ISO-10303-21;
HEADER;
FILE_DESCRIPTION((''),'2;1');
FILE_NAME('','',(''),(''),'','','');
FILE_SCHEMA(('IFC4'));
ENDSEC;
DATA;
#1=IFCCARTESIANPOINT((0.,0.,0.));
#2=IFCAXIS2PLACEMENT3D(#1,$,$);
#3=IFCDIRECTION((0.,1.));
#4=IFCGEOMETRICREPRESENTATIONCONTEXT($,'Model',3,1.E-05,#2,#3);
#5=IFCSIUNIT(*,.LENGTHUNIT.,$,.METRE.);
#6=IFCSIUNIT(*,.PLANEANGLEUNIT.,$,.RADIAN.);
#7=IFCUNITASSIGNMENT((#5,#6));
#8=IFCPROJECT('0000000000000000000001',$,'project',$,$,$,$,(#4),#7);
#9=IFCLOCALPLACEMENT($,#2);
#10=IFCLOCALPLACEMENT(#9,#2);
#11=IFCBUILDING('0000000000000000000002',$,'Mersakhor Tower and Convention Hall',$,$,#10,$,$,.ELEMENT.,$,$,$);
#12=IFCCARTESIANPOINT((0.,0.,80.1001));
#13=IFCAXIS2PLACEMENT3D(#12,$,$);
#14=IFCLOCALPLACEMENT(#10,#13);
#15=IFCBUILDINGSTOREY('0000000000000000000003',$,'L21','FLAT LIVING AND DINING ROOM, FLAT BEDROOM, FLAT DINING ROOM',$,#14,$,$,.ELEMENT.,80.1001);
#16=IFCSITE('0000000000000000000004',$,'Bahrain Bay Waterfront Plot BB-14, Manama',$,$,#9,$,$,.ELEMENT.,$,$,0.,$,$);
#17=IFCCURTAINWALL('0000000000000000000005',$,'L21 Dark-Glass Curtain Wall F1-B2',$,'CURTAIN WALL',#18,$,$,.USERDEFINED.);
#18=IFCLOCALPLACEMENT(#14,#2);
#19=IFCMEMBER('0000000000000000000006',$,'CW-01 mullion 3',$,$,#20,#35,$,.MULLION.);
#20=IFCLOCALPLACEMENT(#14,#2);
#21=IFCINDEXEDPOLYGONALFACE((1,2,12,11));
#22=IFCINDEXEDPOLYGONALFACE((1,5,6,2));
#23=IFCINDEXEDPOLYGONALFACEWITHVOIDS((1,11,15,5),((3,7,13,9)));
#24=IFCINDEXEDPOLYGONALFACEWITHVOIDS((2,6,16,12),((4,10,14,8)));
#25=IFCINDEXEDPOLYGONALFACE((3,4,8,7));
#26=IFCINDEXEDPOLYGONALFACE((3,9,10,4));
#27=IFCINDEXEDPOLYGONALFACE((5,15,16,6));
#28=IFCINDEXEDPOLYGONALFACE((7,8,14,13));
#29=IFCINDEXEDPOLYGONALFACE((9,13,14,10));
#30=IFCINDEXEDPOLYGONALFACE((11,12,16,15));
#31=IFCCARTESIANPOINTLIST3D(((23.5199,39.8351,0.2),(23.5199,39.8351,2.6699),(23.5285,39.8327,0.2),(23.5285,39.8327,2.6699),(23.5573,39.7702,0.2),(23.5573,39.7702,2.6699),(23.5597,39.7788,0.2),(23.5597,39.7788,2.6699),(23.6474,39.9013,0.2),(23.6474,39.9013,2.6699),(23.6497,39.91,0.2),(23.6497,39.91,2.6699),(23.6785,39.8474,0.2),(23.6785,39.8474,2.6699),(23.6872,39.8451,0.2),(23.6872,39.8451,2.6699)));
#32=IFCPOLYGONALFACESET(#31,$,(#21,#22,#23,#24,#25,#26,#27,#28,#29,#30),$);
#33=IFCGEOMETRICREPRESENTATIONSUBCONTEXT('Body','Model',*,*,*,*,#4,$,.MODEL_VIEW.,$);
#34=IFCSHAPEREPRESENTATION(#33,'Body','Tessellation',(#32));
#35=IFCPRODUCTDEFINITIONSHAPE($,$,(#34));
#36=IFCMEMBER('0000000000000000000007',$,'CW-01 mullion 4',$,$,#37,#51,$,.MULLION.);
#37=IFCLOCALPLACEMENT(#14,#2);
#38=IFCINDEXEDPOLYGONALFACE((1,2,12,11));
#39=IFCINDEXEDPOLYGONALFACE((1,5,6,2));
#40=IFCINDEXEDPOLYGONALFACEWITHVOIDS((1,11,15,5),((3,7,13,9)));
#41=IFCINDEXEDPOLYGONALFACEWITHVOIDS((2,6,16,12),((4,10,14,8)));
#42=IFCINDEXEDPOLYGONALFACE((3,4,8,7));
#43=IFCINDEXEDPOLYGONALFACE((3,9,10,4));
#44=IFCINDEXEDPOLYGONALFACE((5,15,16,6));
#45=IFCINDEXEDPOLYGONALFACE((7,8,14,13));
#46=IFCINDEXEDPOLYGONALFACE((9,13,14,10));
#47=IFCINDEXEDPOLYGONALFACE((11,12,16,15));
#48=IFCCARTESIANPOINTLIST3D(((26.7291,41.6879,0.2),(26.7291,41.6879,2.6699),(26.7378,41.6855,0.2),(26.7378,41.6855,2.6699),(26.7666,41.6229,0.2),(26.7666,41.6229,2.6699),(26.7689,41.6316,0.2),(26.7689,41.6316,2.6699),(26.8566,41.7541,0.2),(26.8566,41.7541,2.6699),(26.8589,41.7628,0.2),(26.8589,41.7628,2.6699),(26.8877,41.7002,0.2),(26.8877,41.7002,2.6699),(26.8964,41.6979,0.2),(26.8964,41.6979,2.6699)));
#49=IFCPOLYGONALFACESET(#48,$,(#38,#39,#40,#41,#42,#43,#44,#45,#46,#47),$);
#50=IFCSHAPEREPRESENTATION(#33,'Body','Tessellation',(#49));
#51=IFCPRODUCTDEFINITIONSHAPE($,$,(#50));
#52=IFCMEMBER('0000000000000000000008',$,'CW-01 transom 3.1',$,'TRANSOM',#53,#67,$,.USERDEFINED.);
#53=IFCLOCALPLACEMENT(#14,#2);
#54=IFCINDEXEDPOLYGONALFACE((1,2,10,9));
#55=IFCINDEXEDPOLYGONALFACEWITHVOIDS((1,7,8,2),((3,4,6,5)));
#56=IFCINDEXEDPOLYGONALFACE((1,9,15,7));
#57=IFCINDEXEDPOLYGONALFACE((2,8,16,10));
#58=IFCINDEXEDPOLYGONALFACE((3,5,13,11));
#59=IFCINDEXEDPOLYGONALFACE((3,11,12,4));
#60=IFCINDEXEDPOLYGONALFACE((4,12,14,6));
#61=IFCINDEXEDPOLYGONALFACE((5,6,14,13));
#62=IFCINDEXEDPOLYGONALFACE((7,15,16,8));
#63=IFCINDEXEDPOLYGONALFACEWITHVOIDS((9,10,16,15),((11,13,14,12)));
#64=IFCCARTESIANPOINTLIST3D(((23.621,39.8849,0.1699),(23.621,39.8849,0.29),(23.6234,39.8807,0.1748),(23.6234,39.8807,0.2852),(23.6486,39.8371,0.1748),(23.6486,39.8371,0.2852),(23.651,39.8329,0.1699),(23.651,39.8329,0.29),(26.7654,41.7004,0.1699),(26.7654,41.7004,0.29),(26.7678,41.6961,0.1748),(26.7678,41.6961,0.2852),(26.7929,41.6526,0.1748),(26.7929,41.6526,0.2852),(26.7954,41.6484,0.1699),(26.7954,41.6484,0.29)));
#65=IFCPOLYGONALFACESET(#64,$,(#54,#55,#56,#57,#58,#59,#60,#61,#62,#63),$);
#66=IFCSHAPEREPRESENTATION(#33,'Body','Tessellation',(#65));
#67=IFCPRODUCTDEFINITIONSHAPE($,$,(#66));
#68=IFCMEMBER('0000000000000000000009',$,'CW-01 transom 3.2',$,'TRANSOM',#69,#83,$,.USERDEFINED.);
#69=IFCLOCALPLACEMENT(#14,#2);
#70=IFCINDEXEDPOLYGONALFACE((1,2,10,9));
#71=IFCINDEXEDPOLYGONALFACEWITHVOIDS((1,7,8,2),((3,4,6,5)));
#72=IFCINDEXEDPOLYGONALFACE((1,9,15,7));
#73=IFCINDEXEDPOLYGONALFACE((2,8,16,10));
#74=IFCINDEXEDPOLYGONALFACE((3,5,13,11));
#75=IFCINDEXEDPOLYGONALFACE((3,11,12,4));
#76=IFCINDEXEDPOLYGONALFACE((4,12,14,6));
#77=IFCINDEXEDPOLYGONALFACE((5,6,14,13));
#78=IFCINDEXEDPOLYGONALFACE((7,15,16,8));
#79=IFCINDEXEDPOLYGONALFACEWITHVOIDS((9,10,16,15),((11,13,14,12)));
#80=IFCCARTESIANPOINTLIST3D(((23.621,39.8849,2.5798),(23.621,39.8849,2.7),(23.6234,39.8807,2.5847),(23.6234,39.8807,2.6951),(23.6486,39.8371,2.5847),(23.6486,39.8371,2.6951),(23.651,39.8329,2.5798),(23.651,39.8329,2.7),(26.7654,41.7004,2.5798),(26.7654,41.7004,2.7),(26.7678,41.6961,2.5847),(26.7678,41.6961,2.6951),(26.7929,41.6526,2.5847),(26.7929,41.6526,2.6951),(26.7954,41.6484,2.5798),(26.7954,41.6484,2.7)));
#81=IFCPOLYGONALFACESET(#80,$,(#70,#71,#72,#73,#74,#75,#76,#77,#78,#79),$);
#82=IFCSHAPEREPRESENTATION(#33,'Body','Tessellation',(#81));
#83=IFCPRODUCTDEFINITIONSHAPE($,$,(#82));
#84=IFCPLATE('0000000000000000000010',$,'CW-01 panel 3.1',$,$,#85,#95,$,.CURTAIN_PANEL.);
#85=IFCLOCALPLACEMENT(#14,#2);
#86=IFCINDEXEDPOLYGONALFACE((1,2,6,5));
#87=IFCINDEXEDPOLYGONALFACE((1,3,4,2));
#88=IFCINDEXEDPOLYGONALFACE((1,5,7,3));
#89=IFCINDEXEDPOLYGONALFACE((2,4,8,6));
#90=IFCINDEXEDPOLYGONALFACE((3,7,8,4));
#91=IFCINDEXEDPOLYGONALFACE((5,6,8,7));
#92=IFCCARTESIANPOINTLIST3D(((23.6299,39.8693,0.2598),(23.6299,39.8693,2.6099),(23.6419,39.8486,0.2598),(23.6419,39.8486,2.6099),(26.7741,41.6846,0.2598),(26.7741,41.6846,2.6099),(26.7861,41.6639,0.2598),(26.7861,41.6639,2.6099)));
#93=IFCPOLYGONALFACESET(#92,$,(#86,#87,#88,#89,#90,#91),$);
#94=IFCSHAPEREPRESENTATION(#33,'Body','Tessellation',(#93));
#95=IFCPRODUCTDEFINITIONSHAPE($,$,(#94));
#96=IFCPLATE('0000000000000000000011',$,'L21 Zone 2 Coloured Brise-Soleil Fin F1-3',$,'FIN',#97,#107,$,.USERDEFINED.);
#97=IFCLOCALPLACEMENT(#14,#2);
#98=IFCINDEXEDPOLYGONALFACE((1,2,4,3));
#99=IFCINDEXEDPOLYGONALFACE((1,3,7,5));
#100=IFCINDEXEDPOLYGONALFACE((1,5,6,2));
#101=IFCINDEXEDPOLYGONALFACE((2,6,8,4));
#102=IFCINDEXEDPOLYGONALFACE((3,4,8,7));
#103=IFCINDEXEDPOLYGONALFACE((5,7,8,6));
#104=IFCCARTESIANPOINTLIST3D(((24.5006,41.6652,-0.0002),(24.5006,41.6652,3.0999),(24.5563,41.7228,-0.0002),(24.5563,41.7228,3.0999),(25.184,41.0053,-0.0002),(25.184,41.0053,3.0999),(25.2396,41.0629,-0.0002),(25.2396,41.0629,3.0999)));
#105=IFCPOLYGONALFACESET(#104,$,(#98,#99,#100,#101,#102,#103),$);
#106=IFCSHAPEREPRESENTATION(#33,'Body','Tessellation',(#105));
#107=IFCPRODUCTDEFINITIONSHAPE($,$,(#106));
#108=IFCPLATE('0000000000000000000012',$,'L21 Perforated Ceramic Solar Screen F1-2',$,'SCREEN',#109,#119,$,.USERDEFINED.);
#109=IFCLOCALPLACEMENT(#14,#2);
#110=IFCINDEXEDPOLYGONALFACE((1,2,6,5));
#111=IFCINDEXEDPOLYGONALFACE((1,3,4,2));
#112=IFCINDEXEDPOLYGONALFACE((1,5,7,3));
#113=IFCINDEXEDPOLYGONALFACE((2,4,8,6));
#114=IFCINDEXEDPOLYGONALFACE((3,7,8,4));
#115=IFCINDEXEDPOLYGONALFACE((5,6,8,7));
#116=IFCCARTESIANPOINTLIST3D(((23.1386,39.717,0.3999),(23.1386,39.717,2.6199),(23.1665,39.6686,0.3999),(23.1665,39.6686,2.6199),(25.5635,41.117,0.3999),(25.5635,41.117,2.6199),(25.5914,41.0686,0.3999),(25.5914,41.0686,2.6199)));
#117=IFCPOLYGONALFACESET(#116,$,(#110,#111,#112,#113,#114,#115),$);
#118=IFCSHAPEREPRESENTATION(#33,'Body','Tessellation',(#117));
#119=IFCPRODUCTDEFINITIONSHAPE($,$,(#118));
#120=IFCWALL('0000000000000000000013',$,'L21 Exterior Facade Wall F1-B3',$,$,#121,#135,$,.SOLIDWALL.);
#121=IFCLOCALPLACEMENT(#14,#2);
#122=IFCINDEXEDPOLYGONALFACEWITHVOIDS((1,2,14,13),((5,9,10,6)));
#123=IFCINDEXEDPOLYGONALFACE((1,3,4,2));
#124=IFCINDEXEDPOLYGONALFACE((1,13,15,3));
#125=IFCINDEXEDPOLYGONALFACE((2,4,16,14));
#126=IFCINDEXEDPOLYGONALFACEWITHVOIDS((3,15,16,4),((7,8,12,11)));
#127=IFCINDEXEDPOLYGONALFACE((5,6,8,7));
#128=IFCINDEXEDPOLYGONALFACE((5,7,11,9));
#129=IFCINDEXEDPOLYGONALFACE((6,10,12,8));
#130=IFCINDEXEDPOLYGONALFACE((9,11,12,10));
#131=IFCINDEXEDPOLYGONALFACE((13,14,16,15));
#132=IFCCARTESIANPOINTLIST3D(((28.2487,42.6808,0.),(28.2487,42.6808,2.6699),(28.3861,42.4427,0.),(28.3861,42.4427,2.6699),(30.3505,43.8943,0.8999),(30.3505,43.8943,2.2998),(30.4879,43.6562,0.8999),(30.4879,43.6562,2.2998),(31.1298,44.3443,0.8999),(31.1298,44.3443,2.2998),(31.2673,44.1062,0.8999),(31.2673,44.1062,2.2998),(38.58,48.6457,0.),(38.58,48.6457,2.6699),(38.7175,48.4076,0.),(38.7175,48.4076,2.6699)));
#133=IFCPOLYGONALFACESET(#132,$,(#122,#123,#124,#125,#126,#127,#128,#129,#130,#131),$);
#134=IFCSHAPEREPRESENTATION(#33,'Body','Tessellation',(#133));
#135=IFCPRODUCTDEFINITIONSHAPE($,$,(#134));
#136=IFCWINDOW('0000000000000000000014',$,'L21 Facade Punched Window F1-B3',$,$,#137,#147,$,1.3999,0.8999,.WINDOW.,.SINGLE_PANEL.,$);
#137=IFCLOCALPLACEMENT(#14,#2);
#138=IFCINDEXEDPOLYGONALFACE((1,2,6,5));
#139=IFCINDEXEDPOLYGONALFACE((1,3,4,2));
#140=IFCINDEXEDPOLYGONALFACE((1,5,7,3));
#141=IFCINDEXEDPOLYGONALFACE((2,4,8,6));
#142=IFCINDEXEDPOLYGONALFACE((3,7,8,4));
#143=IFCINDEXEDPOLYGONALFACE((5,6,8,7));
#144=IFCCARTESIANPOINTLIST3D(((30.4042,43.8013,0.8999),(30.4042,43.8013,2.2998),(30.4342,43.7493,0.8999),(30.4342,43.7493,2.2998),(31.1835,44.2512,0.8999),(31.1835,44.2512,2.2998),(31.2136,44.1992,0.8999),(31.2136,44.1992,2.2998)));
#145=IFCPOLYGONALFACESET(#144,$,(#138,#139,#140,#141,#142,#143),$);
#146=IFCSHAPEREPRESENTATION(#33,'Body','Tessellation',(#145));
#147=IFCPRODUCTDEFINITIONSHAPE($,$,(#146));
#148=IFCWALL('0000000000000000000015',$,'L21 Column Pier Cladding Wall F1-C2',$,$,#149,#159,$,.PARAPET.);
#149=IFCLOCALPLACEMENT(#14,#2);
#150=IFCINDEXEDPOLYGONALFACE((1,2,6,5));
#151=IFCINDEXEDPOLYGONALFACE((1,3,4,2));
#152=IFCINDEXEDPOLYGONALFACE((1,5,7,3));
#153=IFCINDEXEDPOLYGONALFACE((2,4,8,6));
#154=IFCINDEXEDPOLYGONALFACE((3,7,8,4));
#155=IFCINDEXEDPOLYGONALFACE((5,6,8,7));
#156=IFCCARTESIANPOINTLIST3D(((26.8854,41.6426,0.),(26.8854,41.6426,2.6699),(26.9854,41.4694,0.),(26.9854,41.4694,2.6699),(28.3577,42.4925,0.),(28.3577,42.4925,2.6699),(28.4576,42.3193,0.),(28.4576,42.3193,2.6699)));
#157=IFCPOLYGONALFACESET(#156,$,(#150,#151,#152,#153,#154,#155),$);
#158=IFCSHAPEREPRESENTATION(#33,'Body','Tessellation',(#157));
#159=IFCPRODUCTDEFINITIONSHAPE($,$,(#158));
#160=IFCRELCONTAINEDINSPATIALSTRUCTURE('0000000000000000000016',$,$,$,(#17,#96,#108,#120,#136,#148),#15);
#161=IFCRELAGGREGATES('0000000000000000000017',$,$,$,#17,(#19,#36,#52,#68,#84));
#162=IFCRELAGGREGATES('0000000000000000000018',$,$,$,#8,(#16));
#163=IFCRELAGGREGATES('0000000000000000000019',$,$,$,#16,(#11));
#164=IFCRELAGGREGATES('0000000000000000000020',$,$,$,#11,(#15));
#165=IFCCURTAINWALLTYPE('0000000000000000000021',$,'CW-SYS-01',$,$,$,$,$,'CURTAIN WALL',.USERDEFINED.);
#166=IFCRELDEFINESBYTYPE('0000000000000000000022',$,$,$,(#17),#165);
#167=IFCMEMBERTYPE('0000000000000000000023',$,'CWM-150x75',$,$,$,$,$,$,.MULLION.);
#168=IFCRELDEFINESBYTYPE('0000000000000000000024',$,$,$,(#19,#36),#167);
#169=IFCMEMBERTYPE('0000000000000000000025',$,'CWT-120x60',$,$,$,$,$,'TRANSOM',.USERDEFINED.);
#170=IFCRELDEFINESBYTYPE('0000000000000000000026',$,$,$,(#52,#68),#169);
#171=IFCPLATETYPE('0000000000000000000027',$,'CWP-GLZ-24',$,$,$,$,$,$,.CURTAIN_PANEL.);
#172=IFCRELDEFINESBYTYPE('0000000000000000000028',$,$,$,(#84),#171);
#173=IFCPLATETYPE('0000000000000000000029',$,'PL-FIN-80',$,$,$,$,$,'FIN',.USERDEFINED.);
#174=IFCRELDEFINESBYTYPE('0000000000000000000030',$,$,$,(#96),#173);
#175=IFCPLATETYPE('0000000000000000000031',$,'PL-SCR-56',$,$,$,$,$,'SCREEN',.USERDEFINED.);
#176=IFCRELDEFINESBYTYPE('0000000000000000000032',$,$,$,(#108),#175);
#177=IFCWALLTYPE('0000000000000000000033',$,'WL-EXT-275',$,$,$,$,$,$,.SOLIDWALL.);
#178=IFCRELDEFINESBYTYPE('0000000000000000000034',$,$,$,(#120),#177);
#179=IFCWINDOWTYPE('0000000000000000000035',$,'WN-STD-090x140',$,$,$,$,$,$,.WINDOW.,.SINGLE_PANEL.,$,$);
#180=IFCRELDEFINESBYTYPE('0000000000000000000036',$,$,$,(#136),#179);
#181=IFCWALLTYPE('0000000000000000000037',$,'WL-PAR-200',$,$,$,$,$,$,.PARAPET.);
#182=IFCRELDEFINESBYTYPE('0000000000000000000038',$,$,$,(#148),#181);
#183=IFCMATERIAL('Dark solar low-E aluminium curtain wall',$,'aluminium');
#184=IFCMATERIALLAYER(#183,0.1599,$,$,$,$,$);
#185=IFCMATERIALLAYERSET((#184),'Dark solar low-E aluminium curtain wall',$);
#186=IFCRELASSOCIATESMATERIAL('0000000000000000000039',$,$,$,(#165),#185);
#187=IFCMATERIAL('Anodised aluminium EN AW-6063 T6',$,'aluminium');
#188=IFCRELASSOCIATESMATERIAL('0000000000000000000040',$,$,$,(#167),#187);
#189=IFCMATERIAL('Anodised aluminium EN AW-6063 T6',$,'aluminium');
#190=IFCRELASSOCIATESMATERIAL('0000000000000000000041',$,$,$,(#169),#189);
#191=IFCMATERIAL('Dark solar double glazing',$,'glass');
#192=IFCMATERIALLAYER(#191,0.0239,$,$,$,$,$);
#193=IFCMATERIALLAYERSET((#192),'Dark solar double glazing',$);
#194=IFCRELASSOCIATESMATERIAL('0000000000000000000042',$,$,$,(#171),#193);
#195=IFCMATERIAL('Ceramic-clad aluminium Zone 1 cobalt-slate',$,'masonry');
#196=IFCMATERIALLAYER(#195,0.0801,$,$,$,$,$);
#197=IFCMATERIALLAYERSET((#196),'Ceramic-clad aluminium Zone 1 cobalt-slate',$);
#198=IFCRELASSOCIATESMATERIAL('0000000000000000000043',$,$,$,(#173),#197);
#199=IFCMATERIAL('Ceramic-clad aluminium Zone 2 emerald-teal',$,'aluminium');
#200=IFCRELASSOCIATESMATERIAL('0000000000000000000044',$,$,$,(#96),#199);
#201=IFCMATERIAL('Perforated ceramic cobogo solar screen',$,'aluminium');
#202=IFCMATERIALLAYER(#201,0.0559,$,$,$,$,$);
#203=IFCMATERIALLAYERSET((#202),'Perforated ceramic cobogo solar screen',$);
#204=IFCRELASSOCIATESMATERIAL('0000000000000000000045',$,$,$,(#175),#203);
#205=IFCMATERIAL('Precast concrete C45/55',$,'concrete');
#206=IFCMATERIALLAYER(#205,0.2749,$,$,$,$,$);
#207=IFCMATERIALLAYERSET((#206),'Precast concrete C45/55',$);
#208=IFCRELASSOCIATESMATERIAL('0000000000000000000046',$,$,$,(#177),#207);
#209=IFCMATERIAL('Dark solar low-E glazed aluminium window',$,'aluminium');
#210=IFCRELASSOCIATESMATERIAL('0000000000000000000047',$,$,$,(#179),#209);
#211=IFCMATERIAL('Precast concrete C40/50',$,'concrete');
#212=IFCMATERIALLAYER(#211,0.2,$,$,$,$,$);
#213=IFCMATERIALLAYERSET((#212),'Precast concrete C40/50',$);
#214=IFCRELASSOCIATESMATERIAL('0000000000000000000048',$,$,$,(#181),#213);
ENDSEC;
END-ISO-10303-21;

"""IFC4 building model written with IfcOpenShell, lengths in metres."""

from ifc_helpers import new_model, si_unit, direction, frame, frame_2d, origin, origin_2d, place, context, subcontext, project, spatial, rectangle, hollow_rectangle, extrude, material, layer, layer_set, material_profile, profile_set, type_object, element, fill, aggregate, save


model = new_model("IFC4")

# Units and contexts
model_context = context("Model", 3, precision=1e-05, world=origin(), true_north=direction((0.0, 1.0)))
body_context = subcontext(model_context, "Body", "Model", "MODEL_VIEW")
ifc_project = project(units=[si_unit("LENGTHUNIT", "METRE"), si_unit("PLANEANGLEUNIT", "RADIAN")], contexts=[model_context])

# Site, building, storey
site_placement = place(None, origin())
site = spatial("IfcSite", under=ifc_project, at=site_placement, Name="Bahrain Bay Waterfront Plot BB-14, Manama", CompositionType="ELEMENT", RefElevation=0.0)
building_placement = place(site_placement, origin())
building = spatial("IfcBuilding", under=site, at=building_placement, Name="Mersakhor Tower and Convention Hall", CompositionType="ELEMENT")
storey_placement = place(building_placement, frame((0.0, 0.0, 80.1001)))
storey = spatial("IfcBuildingStorey", under=building, at=storey_placement, Name="L21", Description="FLAT LIVING AND DINING ROOM, FLAT BEDROOM, FLAT DINING ROOM", CompositionType="ELEMENT", Elevation=80.1001)

# Curtain wall, members, plate
ifc_material_1 = material(Name="Dark solar low-E aluminium curtain wall", Category="aluminium")
ifc_layer_1 = layer(ifc_material_1, 0.1599)
ifc_layer_set_1 = layer_set([ifc_layer_1], Name="Dark solar low-E aluminium curtain wall")
curtain_wall_type = type_object("IfcCurtainWallType", Name="CW-SYS-01", ElementType="CURTAIN WALL", PredefinedType="USERDEFINED", material=ifc_layer_set_1)
curtain_wall_placement = place(storey_placement, origin())
curtain_wall = element("IfcCurtainWall", 1, at=curtain_wall_placement, inside=storey, type_object=curtain_wall_type, Name="L21 Dark-Glass Curtain Wall F1-B2", ObjectType="CURTAIN WALL", PredefinedType="USERDEFINED")
ifc_material_2 = material(Name="Anodised aluminium EN AW-6063 T6", Category="aluminium")
ifc_material_profile_1 = material_profile(ifc_material_2, hollow_rectangle(XDim=0.075, YDim=0.1499, WallThickness=0.0063, at=origin_2d()), Name="RHS 150x75x6.3")
ifc_profile_set_1 = profile_set([ifc_material_profile_1], Name="Anodised aluminium EN AW-6063 T6")
member_type_1 = type_object("IfcMemberType", Name="CWM-150x75", PredefinedType="MULLION", material=ifc_profile_set_1)
member_1_placement = place(storey_placement, frame((23.6035, 39.8401, 0.2), z_axis=(0.0, 0.0, 1.0), x_axis=(-0.499998, 0.866027, 0.0)))
member_1 = element("IfcMember", 2, at=member_1_placement, type_object=member_type_1, Name="CW-01 mullion 3", PredefinedType="MULLION", context=body_context, shape_type="SweptSolid", body=[
    extrude(hollow_rectangle(XDim=0.075, YDim=0.1499, WallThickness=0.0063, at=origin_2d()), origin(), (0.0, 0.0, 1.0), 2.47),
])
member_2_placement = place(storey_placement, frame((26.8127, 41.6929, 0.2), z_axis=(0.0, 0.0, 1.0), x_axis=(-0.499998, 0.866027, 0.0)))
member_2 = element("IfcMember", 3, at=member_2_placement, type_object=member_type_1, Name="CW-01 mullion 4", PredefinedType="MULLION", context=body_context, shape_type="SweptSolid", body=[
    extrude(hollow_rectangle(XDim=0.075, YDim=0.1499, WallThickness=0.0063, at=origin_2d()), origin(), (0.0, 0.0, 1.0), 2.47),
])
ifc_material_3 = material(Name="Anodised aluminium EN AW-6063 T6", Category="aluminium")
ifc_material_profile_2 = material_profile(ifc_material_3, hollow_rectangle(XDim=0.0601, YDim=0.1201, WallThickness=0.0049, at=origin_2d()), Name="RHS 120x60x5")
ifc_profile_set_2 = profile_set([ifc_material_profile_2], Name="Anodised aluminium EN AW-6063 T6")
member_type_2 = type_object("IfcMemberType", Name="CWT-120x60", ElementType="TRANSOM", PredefinedType="USERDEFINED", material=ifc_profile_set_2)
member_3_placement = place(storey_placement, frame((23.636, 39.8589, 0.23), z_axis=(0.866016, 0.500015, 0.0), x_axis=(-0.500015, 0.866016, 0.0)))
member_3 = element("IfcMember", 4, at=member_3_placement, type_object=member_type_2, Name="CW-01 transom 3.1", ObjectType="TRANSOM", PredefinedType="USERDEFINED", context=body_context, shape_type="SweptSolid", body=[
    extrude(hollow_rectangle(XDim=0.0601, YDim=0.1201, WallThickness=0.0049, at=origin_2d()), origin(), (0.0, 0.0, 1.0), 3.6309),
])
member_4_placement = place(storey_placement, frame((23.636, 39.8589, 2.6399), z_axis=(0.866016, 0.500015, 0.0), x_axis=(-0.500015, 0.866016, 0.0)))
member_4 = element("IfcMember", 5, at=member_4_placement, type_object=member_type_2, Name="CW-01 transom 3.2", ObjectType="TRANSOM", PredefinedType="USERDEFINED", context=body_context, shape_type="SweptSolid", body=[
    extrude(hollow_rectangle(XDim=0.0601, YDim=0.1201, WallThickness=0.0049, at=origin_2d()), origin(), (0.0, 0.0, 1.0), 3.6309),
])
ifc_material_4 = material(Name="Dark solar double glazing", Category="glass")
ifc_layer_2 = layer(ifc_material_4, 0.0239)
ifc_layer_set_2 = layer_set([ifc_layer_2], Name="Dark solar double glazing")
plate_type_1 = type_object("IfcPlateType", Name="CWP-GLZ-24", PredefinedType="CURTAIN_PANEL", material=ifc_layer_set_2)
plate_1_placement = place(storey_placement, frame((25.208, 40.7666, 0.2598), z_axis=(0.0, 0.0, 1.0), x_axis=(0.866027, 0.499998, 0.0)))
plate_1 = element("IfcPlate", 6, at=plate_1_placement, type_object=plate_type_1, Name="CW-01 panel 3.1", PredefinedType="CURTAIN_PANEL", context=body_context, shape_type="SweptSolid", body=[
    extrude(rectangle(XDim=3.6306, YDim=0.0239, at=origin_2d()), origin(), (0.0, 0.0, 1.0), 2.3501),
])
aggregate(curtain_wall, [member_1, member_2, member_3, member_4, plate_1])

# Plates
ifc_material_5 = material(Name="Ceramic-clad aluminium Zone 2 emerald-teal", Category="aluminium")
ifc_material_6 = material(Name="Ceramic-clad aluminium Zone 1 cobalt-slate", Category="masonry")
ifc_layer_3 = layer(ifc_material_6, 0.0801)
ifc_layer_set_3 = layer_set([ifc_layer_3], Name="Ceramic-clad aluminium Zone 1 cobalt-slate")
plate_type_2 = type_object("IfcPlateType", Name="PL-FIN-80", ElementType="FIN", PredefinedType="USERDEFINED", material=ifc_layer_set_3)
plate_2_placement = place(storey_placement, frame((24.8701, 41.364, -0.0002), z_axis=(0.0, 0.0, 1.0), x_axis=(-0.71934, 0.694658, 0.0)))
element("IfcPlate", 7, at=plate_2_placement, inside=storey, type_object=plate_type_2, material=ifc_material_5, Name="L21 Zone 2 Coloured Brise-Soleil Fin F1-3", ObjectType="FIN", PredefinedType="USERDEFINED", context=body_context, shape_type="SweptSolid", body=[
    extrude(rectangle(XDim=0.95, YDim=0.0801, at=origin_2d()), origin(), (0.0, 0.0, 1.0), 3.1001),
])
ifc_material_7 = material(Name="Perforated ceramic cobogo solar screen", Category="aluminium")
ifc_layer_4 = layer(ifc_material_7, 0.0559)
ifc_layer_set_4 = layer_set([ifc_layer_4], Name="Perforated ceramic cobogo solar screen")
plate_type_3 = type_object("IfcPlateType", Name="PL-SCR-56", ElementType="SCREEN", PredefinedType="USERDEFINED", material=ifc_layer_set_4)
plate_3_placement = place(storey_placement, frame((24.365, 40.3928, 0.3999), z_axis=(0.0, 0.0, 1.0), x_axis=(0.866025, 0.5, 0.0)))
element("IfcPlate", 8, at=plate_3_placement, inside=storey, type_object=plate_type_3, Name="L21 Perforated Ceramic Solar Screen F1-2", ObjectType="SCREEN", PredefinedType="USERDEFINED", context=body_context, shape_type="SweptSolid", body=[
    extrude(rectangle(XDim=2.8, YDim=0.0559, at=origin_2d()), origin(), (0.0, 0.0, 1.0), 2.22),
])

# Wall, opening, window
ifc_material_8 = material(Name="Precast concrete C45/55", Category="concrete")
ifc_layer_5 = layer(ifc_material_8, 0.2749)
ifc_layer_set_5 = layer_set([ifc_layer_5], Name="Precast concrete C45/55")
wall_type_1 = type_object("IfcWallType", Name="WL-EXT-275", PredefinedType="SOLIDWALL", material=ifc_layer_set_5)
wall_1_placement = place(storey_placement, frame((28.3174, 42.5618, 0.0), z_axis=(0.0, 0.0, 1.0), x_axis=(0.866023, 0.500004, 0.0)))
wall_1 = element("IfcWall", 9, at=wall_1_placement, inside=storey, type_object=wall_type_1, Name="L21 Exterior Facade Wall F1-B3", PredefinedType="SOLIDWALL", context=body_context, shape_type="SweptSolid", body=[
    extrude(rectangle(XDim=11.9297, YDim=0.2749, at=frame_2d((5.9648, 0.0))), origin(), (0.0, 0.0, 1.0), 2.6699),
])
opening_1_placement = place(wall_1_placement, frame((2.427, 0.0, 0.8999)))
opening_1 = element("IfcOpeningElement", 10, at=opening_1_placement, cuts=wall_1, PredefinedType="OPENING", context=body_context, shape_type="SweptSolid", body=[
    extrude(rectangle(XDim=0.8999, YDim=1.3999, at=frame_2d((0.45, 0.7))), frame((0.0, 0.1475, 0.0), z_axis=(0.0, -1.0, 0.0), x_axis=(1.0, 0.0, 0.0)), (0.0, 0.0, 1.0), 0.2949),
])
ifc_material_9 = material(Name="Dark solar low-E glazed aluminium window", Category="aluminium")
window_type = type_object("IfcWindowType", Name="WN-STD-090x140", PartitioningType="SINGLE_PANEL", PredefinedType="WINDOW", material=ifc_material_9)
window_placement = place(opening_1_placement, origin())
window = element("IfcWindow", 11, at=window_placement, inside=storey, type_object=window_type, Name="L21 Facade Punched Window F1-B3", OverallHeight=1.3999, OverallWidth=0.8999, PartitioningType="SINGLE_PANEL", PredefinedType="WINDOW", context=body_context, shape_type="SweptSolid", body=[
    extrude(rectangle(XDim=0.8999, YDim=1.3999, at=frame_2d((0.45, 0.7))), frame((0.0, 0.03, 0.0), z_axis=(0.0, -1.0, 0.0), x_axis=(1.0, 0.0, 0.0)), (0.0, 0.0, 1.0), 0.0601),
])
fill(opening_1, window)

# Wall
ifc_material_10 = material(Name="Precast concrete C40/50", Category="concrete")
ifc_layer_6 = layer(ifc_material_10, 0.2)
ifc_layer_set_6 = layer_set([ifc_layer_6], Name="Precast concrete C40/50")
wall_type_2 = type_object("IfcWallType", Name="WL-PAR-200", PredefinedType="PARAPET", material=ifc_layer_set_6)
wall_2_placement = place(storey_placement, frame((26.9353, 41.5559, 0.0), z_axis=(0.0, 0.0, 1.0), x_axis=(0.866052, 0.499955, 0.0)))
element("IfcWall", 12, at=wall_2_placement, inside=storey, type_object=wall_type_2, Name="L21 Column Pier Cladding Wall F1-C2", PredefinedType="PARAPET", context=body_context, shape_type="SweptSolid", body=[
    extrude(rectangle(XDim=1.7, YDim=0.2, at=frame_2d((0.8501, 0.0))), origin(), (0.0, 0.0, 1.0), 2.6699),
])

save(model, "model.ifc")
